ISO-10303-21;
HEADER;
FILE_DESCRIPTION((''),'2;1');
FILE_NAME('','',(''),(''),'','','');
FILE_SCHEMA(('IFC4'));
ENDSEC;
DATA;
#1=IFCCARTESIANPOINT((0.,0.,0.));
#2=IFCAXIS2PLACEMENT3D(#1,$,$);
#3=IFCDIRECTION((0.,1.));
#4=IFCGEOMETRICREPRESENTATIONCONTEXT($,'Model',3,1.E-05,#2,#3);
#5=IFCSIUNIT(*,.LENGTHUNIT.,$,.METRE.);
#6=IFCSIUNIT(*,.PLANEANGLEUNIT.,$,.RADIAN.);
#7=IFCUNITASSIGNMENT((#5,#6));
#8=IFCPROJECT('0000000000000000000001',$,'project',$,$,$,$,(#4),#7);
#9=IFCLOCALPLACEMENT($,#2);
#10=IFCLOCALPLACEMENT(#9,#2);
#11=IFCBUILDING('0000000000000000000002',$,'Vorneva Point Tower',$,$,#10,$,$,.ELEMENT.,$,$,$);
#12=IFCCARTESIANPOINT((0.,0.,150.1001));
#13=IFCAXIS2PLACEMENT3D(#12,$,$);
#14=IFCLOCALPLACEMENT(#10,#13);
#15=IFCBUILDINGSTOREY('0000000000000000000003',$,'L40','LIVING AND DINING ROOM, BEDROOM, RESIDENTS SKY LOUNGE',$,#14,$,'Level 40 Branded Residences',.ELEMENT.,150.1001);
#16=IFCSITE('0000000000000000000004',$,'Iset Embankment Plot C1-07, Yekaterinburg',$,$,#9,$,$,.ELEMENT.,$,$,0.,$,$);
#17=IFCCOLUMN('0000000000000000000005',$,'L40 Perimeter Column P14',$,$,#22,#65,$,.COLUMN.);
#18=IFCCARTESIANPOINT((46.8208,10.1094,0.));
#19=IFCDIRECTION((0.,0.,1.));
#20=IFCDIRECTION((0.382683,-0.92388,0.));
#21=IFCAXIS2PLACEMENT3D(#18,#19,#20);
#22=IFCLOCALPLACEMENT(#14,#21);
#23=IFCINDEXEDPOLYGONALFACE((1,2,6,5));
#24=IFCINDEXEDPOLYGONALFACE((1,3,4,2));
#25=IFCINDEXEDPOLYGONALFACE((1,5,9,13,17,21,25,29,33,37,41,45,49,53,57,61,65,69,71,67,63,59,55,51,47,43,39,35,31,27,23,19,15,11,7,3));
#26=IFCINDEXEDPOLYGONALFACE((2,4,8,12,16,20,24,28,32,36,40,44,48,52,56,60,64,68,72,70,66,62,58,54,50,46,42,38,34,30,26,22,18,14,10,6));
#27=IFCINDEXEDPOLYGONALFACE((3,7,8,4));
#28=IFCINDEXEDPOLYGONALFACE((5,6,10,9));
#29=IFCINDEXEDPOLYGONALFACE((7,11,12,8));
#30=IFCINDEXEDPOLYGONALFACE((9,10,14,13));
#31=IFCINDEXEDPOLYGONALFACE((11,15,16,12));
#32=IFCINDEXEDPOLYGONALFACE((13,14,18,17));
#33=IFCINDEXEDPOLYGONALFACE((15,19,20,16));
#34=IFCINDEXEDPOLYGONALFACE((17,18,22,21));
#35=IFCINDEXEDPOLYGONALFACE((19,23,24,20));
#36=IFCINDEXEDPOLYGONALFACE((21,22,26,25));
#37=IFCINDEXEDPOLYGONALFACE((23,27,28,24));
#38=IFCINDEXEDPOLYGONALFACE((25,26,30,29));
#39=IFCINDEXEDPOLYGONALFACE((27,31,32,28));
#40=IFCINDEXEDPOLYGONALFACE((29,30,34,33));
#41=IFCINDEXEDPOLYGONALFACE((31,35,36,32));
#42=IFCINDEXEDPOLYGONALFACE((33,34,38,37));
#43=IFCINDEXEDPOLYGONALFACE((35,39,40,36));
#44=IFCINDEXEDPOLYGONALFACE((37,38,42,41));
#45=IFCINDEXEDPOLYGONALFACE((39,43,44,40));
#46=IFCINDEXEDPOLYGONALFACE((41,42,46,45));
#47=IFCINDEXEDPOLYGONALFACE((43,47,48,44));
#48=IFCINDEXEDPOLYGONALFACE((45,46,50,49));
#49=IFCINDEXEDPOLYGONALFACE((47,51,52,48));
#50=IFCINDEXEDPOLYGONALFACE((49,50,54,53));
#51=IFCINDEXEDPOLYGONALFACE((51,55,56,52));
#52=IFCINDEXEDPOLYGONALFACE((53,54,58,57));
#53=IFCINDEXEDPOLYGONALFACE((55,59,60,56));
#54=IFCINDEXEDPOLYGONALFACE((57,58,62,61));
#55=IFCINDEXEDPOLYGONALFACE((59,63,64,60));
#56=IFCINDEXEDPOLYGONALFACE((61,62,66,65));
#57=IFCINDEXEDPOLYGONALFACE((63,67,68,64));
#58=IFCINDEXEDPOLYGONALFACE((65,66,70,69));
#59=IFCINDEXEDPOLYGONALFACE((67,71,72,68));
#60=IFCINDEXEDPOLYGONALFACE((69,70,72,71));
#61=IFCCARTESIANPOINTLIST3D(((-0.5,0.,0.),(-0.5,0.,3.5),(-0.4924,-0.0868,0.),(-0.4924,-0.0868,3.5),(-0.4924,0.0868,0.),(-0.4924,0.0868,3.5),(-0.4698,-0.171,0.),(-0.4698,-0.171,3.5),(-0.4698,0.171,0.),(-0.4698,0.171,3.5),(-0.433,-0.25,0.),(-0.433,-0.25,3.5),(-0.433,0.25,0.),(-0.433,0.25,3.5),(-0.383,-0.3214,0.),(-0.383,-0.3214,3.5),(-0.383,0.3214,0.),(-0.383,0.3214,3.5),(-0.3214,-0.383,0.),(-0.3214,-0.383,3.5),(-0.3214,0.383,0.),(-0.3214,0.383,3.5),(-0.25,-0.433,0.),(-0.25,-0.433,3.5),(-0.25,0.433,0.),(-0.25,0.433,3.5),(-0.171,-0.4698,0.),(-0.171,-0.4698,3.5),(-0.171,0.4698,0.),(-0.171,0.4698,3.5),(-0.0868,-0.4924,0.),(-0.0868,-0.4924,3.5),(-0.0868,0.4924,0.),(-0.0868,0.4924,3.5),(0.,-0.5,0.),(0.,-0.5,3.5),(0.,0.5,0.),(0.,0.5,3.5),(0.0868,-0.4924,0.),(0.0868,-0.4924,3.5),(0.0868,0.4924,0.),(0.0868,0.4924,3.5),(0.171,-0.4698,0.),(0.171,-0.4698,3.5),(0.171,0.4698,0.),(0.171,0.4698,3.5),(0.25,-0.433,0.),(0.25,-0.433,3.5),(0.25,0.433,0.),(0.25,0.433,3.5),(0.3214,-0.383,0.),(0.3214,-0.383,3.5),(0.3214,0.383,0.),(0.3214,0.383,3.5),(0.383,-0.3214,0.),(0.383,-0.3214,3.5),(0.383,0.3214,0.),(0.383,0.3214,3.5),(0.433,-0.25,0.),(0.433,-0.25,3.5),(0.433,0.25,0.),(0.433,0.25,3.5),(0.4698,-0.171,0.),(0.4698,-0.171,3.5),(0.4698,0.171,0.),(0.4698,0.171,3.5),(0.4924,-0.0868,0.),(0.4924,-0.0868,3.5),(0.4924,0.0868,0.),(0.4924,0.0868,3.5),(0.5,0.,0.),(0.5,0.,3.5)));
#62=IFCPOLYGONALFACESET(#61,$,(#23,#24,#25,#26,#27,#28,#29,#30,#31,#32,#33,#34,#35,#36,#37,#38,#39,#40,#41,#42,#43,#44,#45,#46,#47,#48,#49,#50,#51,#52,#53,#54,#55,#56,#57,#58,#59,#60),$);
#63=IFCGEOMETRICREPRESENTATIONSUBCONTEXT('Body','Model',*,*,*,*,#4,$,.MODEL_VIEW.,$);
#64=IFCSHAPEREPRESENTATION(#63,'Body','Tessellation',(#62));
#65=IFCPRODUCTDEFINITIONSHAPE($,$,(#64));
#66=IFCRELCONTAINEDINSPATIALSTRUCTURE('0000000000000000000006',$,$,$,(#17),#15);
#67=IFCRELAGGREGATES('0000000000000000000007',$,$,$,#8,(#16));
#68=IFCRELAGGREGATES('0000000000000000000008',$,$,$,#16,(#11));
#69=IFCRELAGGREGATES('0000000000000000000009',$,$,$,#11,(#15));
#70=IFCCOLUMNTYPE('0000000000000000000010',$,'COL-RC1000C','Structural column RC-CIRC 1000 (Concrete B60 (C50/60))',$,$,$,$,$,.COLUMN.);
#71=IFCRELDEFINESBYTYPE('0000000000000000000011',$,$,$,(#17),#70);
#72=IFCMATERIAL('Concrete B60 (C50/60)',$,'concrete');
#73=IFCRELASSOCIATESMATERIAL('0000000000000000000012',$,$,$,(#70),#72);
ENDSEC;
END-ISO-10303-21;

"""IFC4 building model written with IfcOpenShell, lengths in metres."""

from ifc_helpers import new_model, si_unit, direction, frame, origin, origin_2d, place, context, subcontext, project, spatial, circle, extrude, material, material_profile, profile_set, type_object, element, save


model = new_model("IFC4")

# Units and contexts
model_context = context("Model", 3, precision=1e-05, world=origin(), true_north=direction((0.0, 1.0)))
body_context = subcontext(model_context, "Body", "Model", "MODEL_VIEW")
ifc_project = project(units=[si_unit("LENGTHUNIT", "METRE"), si_unit("PLANEANGLEUNIT", "RADIAN")], contexts=[model_context])

# Site, building, storey
site_placement = place(None, origin())
site = spatial("IfcSite", under=ifc_project, at=site_placement, Name="Iset Embankment Plot C1-07, Yekaterinburg", CompositionType="ELEMENT", RefElevation=0.0)
building_placement = place(site_placement, origin())
building = spatial("IfcBuilding", under=site, at=building_placement, Name="Vorneva Point Tower", CompositionType="ELEMENT")
storey_placement = place(building_placement, frame((0.0, 0.0, 150.1001)))
storey = spatial("IfcBuildingStorey", under=building, at=storey_placement, Name="L40", Description="LIVING AND DINING ROOM, BEDROOM, RESIDENTS SKY LOUNGE", LongName="Level 40 Branded Residences", CompositionType="ELEMENT", Elevation=150.1001)

# Column
ifc_material_1 = material(Name="Concrete B60 (C50/60)", Category="concrete")
ifc_material_profile_1 = material_profile(ifc_material_1, circle(Radius=0.5, at=origin_2d()), Name="RC-CIRC 1000")
ifc_profile_set_1 = profile_set([ifc_material_profile_1], Name="Concrete B60 (C50/60)")
column_type = type_object("IfcColumnType", Name="COL-RC1000C", Description="Structural column RC-CIRC 1000 (Concrete B60 (C50/60))", PredefinedType="COLUMN", material=ifc_profile_set_1)
for number, where, z_axis, x_axis, name in (
    (1, (46.8208, 10.1094, 0.0), (0.0, 0.0, 1.0), (0.382683, -0.92388, 0.0), "L40 Perimeter Column P14"),
):
    element("IfcColumn", number, at=place(storey_placement, frame(where, z_axis=z_axis, x_axis=x_axis)), inside=storey, type_object=column_type, Name=name, PredefinedType="COLUMN", context=body_context, shape_type="SweptSolid", body=[
        extrude(circle(Radius=0.5, at=origin_2d()), origin(), (0.0, 0.0, 1.0), 3.5),
    ])

save(model, "model.ifc")
